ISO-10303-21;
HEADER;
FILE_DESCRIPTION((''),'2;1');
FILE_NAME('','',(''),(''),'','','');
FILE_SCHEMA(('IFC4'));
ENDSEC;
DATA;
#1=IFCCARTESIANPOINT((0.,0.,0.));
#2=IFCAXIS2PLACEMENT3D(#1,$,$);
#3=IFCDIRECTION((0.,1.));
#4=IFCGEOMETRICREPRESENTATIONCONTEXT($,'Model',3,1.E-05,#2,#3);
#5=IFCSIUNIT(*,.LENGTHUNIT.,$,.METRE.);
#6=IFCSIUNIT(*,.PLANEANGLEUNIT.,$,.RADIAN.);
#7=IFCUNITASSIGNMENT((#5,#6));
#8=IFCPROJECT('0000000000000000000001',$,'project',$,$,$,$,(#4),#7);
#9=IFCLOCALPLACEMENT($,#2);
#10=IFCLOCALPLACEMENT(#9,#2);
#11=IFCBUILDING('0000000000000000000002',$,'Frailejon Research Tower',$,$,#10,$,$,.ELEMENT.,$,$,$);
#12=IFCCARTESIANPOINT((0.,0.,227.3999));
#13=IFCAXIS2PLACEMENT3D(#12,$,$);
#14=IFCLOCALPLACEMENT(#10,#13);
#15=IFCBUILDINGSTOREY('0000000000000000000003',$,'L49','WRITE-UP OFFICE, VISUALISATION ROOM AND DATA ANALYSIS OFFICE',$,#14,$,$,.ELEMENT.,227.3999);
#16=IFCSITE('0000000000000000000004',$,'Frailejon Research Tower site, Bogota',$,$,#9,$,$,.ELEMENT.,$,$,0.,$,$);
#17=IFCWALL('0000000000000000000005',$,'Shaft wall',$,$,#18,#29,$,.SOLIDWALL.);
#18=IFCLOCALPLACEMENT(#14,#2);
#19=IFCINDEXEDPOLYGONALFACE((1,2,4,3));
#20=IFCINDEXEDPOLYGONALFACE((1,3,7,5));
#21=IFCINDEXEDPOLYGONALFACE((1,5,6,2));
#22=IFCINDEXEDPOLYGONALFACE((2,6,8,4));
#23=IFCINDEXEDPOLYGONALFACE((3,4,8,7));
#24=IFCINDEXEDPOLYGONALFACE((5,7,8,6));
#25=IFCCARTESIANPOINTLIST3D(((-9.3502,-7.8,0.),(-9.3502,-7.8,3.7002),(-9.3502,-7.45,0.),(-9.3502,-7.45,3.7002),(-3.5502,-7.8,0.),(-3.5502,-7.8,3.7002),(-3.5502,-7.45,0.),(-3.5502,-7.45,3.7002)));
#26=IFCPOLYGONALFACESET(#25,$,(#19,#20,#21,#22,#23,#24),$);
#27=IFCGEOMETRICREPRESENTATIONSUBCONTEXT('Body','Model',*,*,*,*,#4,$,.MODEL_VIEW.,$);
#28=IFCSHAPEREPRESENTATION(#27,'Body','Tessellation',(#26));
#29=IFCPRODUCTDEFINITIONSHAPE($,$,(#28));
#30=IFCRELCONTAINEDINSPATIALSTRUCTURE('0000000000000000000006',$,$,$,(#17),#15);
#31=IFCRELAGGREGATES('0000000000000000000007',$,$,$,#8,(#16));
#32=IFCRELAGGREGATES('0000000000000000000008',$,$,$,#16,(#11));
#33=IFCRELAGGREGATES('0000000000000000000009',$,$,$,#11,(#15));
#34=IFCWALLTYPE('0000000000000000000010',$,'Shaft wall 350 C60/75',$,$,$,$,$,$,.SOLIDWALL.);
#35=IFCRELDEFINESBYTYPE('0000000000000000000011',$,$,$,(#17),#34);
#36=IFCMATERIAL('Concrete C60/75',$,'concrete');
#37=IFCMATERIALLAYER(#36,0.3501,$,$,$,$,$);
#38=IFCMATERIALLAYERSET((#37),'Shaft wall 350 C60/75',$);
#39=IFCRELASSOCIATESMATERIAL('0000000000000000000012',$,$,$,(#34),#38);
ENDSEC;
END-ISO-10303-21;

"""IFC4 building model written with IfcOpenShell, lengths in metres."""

from ifc_helpers import new_model, si_unit, direction, frame, frame_2d, origin, place, context, subcontext, project, spatial, rectangle, extrude, material, layer, layer_set, type_object, element, save


model = new_model("IFC4")

# Units and contexts
model_context = context("Model", 3, precision=1e-05, world=origin(), true_north=direction((0.0, 1.0)))
body_context = subcontext(model_context, "Body", "Model", "MODEL_VIEW")
ifc_project = project(units=[si_unit("LENGTHUNIT", "METRE"), si_unit("PLANEANGLEUNIT", "RADIAN")], contexts=[model_context])

# Site, building, storey
site_placement = place(None, origin())
site = spatial("IfcSite", under=ifc_project, at=site_placement, Name="Frailejon Research Tower site, Bogota", CompositionType="ELEMENT", RefElevation=0.0)
building_placement = place(site_placement, origin())
building = spatial("IfcBuilding", under=site, at=building_placement, Name="Frailejon Research Tower", CompositionType="ELEMENT")
storey_placement = place(building_placement, frame((0.0, 0.0, 227.3999)))
storey = spatial("IfcBuildingStorey", under=building, at=storey_placement, Name="L49", Description="WRITE-UP OFFICE, VISUALISATION ROOM AND DATA ANALYSIS OFFICE", CompositionType="ELEMENT", Elevation=227.3999)

# Wall
ifc_material_1 = material(Name="Concrete C60/75", Category="concrete")
ifc_layer_1 = layer(ifc_material_1, 0.3501)
ifc_layer_set_1 = layer_set([ifc_layer_1], Name="Shaft wall 350 C60/75")
wall_type_1 = type_object("IfcWallType", Name="Shaft wall 350 C60/75", PredefinedType="SOLIDWALL", material=ifc_layer_set_1)
wall_1_placement = place(storey_placement, frame((-9.3501, -7.625, 0.0), z_axis=(0.0, 0.0, 1.0), x_axis=(1.0, 0.0, 0.0)))
element("IfcWall", 1, at=wall_1_placement, inside=storey, type_object=wall_type_1, Name="Shaft wall", PredefinedType="SOLIDWALL", context=body_context, shape_type="SweptSolid", body=[
    extrude(rectangle(XDim=5.8, YDim=0.3501, at=frame_2d((2.8999, 0.0))), origin(), (0.0, 0.0, 1.0), 3.7002),
])

save(model, "model.ifc")
